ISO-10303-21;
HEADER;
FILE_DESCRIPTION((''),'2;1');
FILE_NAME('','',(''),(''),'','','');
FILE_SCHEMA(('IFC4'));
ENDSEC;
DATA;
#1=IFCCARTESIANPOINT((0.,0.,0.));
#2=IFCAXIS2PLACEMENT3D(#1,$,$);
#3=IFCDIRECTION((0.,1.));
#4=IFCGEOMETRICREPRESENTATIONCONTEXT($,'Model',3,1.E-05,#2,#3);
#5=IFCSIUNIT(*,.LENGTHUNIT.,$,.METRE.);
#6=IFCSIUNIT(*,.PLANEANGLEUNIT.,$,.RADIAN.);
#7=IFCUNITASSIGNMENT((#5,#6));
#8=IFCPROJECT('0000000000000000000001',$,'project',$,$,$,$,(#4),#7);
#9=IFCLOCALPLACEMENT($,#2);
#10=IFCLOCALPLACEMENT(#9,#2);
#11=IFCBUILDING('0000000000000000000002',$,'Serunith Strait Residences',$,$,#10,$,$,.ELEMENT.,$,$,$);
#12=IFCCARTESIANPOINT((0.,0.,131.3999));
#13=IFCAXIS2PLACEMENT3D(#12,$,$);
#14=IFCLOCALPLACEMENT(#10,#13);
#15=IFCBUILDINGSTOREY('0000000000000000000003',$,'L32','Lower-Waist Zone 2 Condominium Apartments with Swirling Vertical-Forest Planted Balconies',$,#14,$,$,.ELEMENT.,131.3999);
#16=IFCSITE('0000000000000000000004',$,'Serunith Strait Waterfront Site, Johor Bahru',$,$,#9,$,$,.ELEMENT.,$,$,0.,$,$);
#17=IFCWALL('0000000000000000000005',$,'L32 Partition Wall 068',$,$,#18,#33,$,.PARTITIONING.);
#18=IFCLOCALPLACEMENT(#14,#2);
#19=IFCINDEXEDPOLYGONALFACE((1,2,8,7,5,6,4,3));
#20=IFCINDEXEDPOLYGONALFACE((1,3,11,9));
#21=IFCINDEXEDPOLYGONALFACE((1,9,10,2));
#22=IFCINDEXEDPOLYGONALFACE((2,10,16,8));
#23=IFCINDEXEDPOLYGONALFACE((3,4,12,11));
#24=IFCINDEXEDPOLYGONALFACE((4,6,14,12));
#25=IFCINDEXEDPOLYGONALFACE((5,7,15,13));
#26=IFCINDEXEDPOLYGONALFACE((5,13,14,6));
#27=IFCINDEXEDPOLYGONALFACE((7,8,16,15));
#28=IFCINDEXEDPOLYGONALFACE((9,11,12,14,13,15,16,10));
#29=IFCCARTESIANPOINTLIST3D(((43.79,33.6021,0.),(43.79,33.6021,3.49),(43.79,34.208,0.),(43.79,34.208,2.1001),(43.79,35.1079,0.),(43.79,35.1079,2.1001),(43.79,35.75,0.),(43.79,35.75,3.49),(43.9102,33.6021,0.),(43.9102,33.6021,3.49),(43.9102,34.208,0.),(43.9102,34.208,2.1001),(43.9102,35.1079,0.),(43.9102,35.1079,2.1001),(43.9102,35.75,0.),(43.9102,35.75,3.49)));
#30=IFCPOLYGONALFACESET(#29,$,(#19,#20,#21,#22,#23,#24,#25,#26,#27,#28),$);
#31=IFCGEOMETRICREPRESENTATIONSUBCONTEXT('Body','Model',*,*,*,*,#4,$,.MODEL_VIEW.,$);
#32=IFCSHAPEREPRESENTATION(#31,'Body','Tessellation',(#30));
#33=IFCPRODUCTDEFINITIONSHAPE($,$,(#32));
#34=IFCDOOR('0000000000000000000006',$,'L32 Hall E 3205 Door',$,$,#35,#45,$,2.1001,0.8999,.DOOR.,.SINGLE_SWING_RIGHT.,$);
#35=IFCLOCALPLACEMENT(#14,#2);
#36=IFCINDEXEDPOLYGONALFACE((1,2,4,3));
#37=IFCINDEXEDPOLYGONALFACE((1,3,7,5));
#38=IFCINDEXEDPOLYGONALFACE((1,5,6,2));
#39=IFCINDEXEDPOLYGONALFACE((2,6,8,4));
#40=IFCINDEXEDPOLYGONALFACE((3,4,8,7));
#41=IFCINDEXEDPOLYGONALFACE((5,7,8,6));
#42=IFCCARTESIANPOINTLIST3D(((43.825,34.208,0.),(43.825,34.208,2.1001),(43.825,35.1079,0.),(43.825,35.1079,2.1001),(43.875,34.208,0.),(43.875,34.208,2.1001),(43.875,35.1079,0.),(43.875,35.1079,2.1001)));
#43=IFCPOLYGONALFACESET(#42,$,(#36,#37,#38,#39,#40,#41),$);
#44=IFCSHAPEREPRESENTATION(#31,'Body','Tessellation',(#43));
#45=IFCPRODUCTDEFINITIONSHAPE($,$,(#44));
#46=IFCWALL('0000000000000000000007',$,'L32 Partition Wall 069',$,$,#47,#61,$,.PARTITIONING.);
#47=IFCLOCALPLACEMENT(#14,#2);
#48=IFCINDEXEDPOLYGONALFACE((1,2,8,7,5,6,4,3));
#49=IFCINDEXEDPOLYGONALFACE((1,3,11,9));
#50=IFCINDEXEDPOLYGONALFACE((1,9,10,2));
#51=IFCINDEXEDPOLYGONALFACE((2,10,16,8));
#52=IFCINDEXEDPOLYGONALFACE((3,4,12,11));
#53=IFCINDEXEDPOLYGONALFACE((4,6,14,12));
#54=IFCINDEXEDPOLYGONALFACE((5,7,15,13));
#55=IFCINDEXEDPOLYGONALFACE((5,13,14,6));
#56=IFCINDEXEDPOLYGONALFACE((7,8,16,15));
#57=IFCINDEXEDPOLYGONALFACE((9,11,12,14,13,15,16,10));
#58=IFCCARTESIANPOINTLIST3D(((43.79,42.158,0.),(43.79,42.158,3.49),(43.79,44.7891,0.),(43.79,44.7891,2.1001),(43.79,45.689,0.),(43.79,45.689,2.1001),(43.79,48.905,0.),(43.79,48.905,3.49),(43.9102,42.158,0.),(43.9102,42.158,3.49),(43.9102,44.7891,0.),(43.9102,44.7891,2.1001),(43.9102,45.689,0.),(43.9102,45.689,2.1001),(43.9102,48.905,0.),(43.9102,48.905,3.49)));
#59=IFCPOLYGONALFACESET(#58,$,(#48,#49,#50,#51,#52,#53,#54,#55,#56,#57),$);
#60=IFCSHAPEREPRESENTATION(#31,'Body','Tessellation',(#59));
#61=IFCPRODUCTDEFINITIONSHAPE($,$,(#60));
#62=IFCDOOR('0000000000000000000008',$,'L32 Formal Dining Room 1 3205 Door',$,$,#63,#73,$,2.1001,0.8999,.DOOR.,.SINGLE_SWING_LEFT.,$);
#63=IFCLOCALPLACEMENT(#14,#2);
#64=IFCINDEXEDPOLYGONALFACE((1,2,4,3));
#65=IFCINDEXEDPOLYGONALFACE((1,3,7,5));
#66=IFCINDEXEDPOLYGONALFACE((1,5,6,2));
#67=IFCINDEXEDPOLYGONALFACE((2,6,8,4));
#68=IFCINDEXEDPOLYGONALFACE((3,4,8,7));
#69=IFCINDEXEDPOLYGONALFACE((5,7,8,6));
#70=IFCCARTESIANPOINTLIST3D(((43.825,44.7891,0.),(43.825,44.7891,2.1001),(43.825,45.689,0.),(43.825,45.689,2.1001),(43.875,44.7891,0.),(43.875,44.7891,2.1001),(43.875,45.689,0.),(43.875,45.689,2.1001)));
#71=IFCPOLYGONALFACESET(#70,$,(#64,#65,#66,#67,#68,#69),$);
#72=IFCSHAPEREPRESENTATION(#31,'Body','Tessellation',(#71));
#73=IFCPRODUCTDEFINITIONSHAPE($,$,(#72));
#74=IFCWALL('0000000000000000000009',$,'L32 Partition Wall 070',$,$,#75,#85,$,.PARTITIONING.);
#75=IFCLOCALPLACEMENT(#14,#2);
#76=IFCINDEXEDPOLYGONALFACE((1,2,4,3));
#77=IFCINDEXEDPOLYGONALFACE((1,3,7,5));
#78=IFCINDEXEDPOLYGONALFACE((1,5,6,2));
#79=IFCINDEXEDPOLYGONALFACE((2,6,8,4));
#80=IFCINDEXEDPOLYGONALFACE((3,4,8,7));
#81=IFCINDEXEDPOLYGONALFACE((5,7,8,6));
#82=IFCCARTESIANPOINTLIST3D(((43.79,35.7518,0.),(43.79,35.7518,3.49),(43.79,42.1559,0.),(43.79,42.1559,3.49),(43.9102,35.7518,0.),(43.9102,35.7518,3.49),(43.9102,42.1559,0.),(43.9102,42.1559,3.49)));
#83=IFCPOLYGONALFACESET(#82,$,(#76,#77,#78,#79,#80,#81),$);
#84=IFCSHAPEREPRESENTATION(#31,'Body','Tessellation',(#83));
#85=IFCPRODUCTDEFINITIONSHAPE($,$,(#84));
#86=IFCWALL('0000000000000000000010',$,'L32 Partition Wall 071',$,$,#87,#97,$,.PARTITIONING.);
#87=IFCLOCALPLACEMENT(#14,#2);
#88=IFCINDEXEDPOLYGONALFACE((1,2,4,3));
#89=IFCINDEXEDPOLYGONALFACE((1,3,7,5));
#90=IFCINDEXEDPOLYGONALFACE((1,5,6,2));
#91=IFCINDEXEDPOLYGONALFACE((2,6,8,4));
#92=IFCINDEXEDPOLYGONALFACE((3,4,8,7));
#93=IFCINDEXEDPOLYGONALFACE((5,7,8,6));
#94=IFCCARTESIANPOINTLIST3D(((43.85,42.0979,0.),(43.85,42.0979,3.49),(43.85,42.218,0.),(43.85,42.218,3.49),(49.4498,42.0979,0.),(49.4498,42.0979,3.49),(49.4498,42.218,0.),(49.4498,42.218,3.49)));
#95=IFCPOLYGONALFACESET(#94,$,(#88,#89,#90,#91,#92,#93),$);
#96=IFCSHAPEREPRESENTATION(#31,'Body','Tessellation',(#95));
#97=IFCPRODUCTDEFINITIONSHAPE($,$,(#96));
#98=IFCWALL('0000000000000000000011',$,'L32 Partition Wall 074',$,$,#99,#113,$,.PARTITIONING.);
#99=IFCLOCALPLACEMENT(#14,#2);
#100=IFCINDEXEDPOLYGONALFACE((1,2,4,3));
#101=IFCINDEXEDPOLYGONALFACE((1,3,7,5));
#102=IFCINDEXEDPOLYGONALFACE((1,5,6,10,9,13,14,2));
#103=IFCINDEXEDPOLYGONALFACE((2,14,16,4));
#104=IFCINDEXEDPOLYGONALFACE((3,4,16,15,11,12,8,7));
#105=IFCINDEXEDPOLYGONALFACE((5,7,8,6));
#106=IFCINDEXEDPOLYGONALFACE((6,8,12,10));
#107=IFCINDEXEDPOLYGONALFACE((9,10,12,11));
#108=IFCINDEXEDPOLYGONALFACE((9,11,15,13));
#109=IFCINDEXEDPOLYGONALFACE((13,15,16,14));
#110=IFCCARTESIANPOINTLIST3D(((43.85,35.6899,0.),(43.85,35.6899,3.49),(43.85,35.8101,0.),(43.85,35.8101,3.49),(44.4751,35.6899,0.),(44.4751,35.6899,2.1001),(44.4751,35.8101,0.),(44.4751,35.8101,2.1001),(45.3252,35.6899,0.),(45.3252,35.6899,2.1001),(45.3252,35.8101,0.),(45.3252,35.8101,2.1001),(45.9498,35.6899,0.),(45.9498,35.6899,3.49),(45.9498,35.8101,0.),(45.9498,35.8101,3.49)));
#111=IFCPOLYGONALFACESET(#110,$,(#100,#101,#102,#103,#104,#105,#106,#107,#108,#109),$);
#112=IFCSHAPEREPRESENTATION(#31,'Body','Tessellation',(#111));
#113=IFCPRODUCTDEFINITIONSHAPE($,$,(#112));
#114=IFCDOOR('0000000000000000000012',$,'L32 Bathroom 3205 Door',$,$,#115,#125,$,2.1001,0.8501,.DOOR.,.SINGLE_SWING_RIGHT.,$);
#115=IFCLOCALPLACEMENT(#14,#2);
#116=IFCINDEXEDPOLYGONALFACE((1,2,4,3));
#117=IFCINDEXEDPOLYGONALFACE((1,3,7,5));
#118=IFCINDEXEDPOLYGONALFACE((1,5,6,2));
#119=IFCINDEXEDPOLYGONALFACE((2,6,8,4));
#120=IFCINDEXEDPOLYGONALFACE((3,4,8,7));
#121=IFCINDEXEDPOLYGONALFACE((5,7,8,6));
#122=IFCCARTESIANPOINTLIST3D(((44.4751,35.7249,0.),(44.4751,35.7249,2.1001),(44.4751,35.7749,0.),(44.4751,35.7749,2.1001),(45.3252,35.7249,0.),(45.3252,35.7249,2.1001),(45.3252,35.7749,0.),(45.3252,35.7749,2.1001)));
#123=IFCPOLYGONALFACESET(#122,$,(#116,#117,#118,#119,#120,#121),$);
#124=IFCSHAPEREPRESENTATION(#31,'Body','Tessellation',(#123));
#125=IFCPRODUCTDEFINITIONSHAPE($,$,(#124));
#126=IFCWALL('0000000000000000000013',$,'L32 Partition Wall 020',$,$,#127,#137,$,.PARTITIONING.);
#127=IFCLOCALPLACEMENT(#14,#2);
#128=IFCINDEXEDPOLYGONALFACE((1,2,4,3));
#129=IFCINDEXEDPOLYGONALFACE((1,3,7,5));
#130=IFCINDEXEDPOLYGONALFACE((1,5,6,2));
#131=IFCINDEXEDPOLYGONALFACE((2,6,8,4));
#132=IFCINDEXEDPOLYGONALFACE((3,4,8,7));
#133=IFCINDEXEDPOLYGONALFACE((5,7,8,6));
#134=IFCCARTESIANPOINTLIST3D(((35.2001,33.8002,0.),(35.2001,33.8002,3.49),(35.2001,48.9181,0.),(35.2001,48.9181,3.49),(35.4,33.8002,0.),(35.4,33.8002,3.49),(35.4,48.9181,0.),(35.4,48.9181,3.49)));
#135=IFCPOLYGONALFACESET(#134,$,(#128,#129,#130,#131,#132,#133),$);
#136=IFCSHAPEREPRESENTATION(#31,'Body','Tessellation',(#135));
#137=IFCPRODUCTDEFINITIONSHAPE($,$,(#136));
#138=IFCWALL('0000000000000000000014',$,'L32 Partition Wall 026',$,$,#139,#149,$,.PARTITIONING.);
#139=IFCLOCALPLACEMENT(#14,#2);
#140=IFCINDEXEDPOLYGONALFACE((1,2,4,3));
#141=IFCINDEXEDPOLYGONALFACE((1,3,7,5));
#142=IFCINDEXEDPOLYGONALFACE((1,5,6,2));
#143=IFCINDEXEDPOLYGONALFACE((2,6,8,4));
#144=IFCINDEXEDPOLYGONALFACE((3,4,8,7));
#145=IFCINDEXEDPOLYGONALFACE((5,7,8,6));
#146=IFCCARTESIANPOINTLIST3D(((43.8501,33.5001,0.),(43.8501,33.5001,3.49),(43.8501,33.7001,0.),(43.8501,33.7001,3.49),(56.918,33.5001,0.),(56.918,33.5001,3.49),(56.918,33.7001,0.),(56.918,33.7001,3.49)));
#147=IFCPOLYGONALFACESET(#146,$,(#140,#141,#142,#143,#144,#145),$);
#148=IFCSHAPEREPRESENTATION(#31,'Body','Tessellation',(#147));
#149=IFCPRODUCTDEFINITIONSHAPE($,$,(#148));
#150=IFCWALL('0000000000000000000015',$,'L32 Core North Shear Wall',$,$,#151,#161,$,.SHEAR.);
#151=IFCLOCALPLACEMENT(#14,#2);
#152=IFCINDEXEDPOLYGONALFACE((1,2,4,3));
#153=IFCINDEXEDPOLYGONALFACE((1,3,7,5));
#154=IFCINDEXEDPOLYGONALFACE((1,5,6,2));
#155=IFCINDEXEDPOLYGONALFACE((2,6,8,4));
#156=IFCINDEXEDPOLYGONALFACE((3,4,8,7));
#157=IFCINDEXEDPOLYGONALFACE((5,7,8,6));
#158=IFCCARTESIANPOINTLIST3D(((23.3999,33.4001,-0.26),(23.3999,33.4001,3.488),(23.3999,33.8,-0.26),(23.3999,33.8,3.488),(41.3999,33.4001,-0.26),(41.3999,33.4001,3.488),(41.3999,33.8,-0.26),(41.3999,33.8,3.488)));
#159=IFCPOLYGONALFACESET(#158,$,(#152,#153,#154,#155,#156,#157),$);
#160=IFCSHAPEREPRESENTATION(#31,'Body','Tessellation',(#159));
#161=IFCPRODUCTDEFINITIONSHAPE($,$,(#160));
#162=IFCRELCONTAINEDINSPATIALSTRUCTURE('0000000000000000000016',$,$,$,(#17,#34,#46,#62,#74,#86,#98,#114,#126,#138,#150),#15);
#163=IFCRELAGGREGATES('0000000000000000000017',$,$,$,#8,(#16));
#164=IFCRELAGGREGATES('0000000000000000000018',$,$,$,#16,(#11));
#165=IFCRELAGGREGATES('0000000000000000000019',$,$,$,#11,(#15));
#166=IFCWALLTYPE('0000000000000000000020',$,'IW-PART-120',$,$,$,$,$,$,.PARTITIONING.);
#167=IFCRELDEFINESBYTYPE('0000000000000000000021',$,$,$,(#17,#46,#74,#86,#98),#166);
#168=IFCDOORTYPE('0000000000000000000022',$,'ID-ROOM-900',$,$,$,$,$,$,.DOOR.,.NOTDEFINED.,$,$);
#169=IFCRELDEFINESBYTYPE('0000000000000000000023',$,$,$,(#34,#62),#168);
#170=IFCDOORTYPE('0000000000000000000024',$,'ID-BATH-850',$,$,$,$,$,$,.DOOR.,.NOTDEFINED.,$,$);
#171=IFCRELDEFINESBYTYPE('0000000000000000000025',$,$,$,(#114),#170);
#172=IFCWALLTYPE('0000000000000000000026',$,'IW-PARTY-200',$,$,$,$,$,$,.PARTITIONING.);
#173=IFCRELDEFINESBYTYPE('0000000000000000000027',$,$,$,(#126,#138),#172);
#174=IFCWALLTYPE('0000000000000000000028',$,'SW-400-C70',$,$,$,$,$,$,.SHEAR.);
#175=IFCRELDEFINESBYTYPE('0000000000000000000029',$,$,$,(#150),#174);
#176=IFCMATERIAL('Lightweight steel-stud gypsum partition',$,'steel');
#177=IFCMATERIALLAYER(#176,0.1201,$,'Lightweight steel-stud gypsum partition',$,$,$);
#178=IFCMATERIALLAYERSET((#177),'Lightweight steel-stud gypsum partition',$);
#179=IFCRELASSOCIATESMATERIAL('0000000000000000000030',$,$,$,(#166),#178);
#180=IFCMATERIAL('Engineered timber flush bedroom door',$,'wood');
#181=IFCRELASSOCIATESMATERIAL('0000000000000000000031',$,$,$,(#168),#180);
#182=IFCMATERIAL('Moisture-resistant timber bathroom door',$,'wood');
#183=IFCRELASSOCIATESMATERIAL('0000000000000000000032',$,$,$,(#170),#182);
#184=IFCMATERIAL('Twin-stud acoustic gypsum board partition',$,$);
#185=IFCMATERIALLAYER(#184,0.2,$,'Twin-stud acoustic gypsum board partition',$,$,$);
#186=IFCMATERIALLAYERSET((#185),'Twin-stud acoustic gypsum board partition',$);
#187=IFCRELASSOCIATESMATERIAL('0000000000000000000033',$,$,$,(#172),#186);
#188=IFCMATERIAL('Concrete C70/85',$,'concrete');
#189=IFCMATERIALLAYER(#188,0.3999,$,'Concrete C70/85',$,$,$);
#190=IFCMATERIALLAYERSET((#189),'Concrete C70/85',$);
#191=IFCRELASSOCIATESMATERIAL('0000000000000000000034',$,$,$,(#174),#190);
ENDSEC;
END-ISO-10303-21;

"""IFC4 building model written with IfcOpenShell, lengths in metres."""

from ifc_helpers import new_model, si_unit, direction, frame, frame_2d, origin, place, context, subcontext, project, spatial, rectangle, extrude, source, transform, mapped, material, layer, layer_set, type_object, element, fill, save


model = new_model("IFC4")

# Units and contexts
model_context = context("Model", 3, precision=1e-05, world=origin(), true_north=direction((0.0, 1.0)))
body_context = subcontext(model_context, "Body", "Model", "MODEL_VIEW")
ifc_project = project(units=[si_unit("LENGTHUNIT", "METRE"), si_unit("PLANEANGLEUNIT", "RADIAN")], contexts=[model_context])

# Site, building, storey
site_placement = place(None, origin())
site = spatial("IfcSite", under=ifc_project, at=site_placement, Name="Serunith Strait Waterfront Site, Johor Bahru", CompositionType="ELEMENT", RefElevation=0.0)
building_placement = place(site_placement, origin())
building = spatial("IfcBuilding", under=site, at=building_placement, Name="Serunith Strait Residences", CompositionType="ELEMENT")
storey_placement = place(building_placement, frame((0.0, 0.0, 131.3999)))
storey = spatial("IfcBuildingStorey", under=building, at=storey_placement, Name="L32", Description="Lower-Waist Zone 2 Condominium Apartments with Swirling Vertical-Forest Planted Balconies", CompositionType="ELEMENT", Elevation=131.3999)

# Walls, openings, doors
ifc_material_1 = material(Name="Lightweight steel-stud gypsum partition", Category="steel")
ifc_layer_1 = layer(ifc_material_1, 0.1201, Name="Lightweight steel-stud gypsum partition")
ifc_layer_set_1 = layer_set([ifc_layer_1], Name="Lightweight steel-stud gypsum partition")
wall_type_1 = type_object("IfcWallType", Name="IW-PART-120", PredefinedType="PARTITIONING", material=ifc_layer_set_1)
wall_1_placement = place(storey_placement, frame((43.8501, 35.75, 0.0), z_axis=(0.0, 0.0, 1.0), x_axis=(0.0, -1.0, 0.0)))
wall_1 = element("IfcWall", 1, at=wall_1_placement, inside=storey, type_object=wall_type_1, Name="L32 Partition Wall 068", PredefinedType="PARTITIONING", context=body_context, shape_type="SweptSolid", body=[
    extrude(rectangle(XDim=2.1479, YDim=0.1201, at=frame_2d((1.074, 0.0))), origin(), (0.0, 0.0, 1.0), 3.49),
])
opening_1_placement = place(wall_1_placement, frame((0.6421, 0.0, 0.0)))
opening_1 = element("IfcOpeningElement", 2, at=opening_1_placement, cuts=wall_1, PredefinedType="OPENING", context=body_context, shape_type="SweptSolid", body=[
    extrude(rectangle(XDim=0.8999, YDim=2.1001, at=frame_2d((0.45, 1.05))), frame((0.0, 0.0701, 0.0), z_axis=(0.0, -1.0, 0.0), x_axis=(1.0, 0.0, 0.0)), (0.0, 0.0, 1.0), 0.1401),
])
ifc_material_2 = material(Name="Engineered timber flush bedroom door", Category="wood")
door_type_1 = type_object("IfcDoorType", Name="ID-ROOM-900", OperationType="NOTDEFINED", PredefinedType="DOOR", material=ifc_material_2)
shared_shape_1 = source(origin(), body_context, "Body", "SweptSolid", [
    extrude(rectangle(XDim=0.8999, YDim=2.1001, at=frame_2d((0.45, 1.05))), frame((0.0, 0.0249, 0.0), z_axis=(0.0, -1.0, 0.0), x_axis=(1.0, 0.0, 0.0)), (0.0, 0.0, 1.0), 0.05),
])
door_1_placement = place(opening_1_placement, origin())
door_1 = element("IfcDoor", 3, at=door_1_placement, inside=storey, type_object=door_type_1, Name="L32 Hall E 3205 Door", OperationType="SINGLE_SWING_RIGHT", OverallHeight=2.1001, OverallWidth=0.8999, PredefinedType="DOOR", context=body_context, shape_type="MappedRepresentation", body=[
    mapped(shared_shape_1, transform((0.0, 0.0, 0.0), scale=1.0)),
])
fill(opening_1, door_1)
wall_2_placement = place(storey_placement, frame((43.8501, 48.905, 0.0), z_axis=(0.0, 0.0, 1.0), x_axis=(0.0, -1.0, 0.0)))
wall_2 = element("IfcWall", 4, at=wall_2_placement, inside=storey, type_object=wall_type_1, Name="L32 Partition Wall 069", PredefinedType="PARTITIONING", context=body_context, shape_type="SweptSolid", body=[
    extrude(rectangle(XDim=6.7471, YDim=0.1201, at=frame_2d((3.3735, 0.0))), origin(), (0.0, 0.0, 1.0), 3.49),
])
opening_2_placement = place(wall_2_placement, frame((3.2161, 0.0, 0.0)))
opening_2 = element("IfcOpeningElement", 5, at=opening_2_placement, cuts=wall_2, PredefinedType="OPENING", context=body_context, shape_type="SweptSolid", body=[
    extrude(rectangle(XDim=0.8999, YDim=2.1001, at=frame_2d((0.45, 1.05))), frame((0.0, 0.0701, 0.0), z_axis=(0.0, -1.0, 0.0), x_axis=(1.0, 0.0, 0.0)), (0.0, 0.0, 1.0), 0.1401),
])
door_2_placement = place(opening_2_placement, origin())
door_2 = element("IfcDoor", 6, at=door_2_placement, inside=storey, type_object=door_type_1, Name="L32 Formal Dining Room 1 3205 Door", OperationType="SINGLE_SWING_LEFT", OverallHeight=2.1001, OverallWidth=0.8999, PredefinedType="DOOR", context=body_context, shape_type="MappedRepresentation", body=[
    mapped(shared_shape_1, transform((0.0, 0.0, 0.0), scale=1.0)),
])
fill(opening_2, door_2)

# Walls
wall_3_placement = place(storey_placement, frame((43.8501, 42.156, 0.0), z_axis=(0.0, 0.0, 1.0), x_axis=(0.0, -1.0, 0.0)))
element("IfcWall", 7, at=wall_3_placement, inside=storey, type_object=wall_type_1, Name="L32 Partition Wall 070", PredefinedType="PARTITIONING", context=body_context, shape_type="SweptSolid", body=[
    extrude(rectangle(XDim=6.4041, YDim=0.1201, at=frame_2d((3.2021, 0.0))), origin(), (0.0, 0.0, 1.0), 3.49),
])
wall_4_placement = place(storey_placement, frame((43.8501, 42.158, 0.0), z_axis=(0.0, 0.0, 1.0), x_axis=(1.0, 0.0, 0.0)))
element("IfcWall", 8, at=wall_4_placement, inside=storey, type_object=wall_type_1, Name="L32 Partition Wall 071", PredefinedType="PARTITIONING", context=body_context, shape_type="SweptSolid", body=[
    extrude(rectangle(XDim=5.5999, YDim=0.1201, at=frame_2d((2.7998, 0.0))), origin(), (0.0, 0.0, 1.0), 3.49),
])

# Wall, opening, door
wall_5_placement = place(storey_placement, frame((43.8501, 35.75, 0.0), z_axis=(0.0, 0.0, 1.0), x_axis=(1.0, 0.0, 0.0)))
wall_5 = element("IfcWall", 9, at=wall_5_placement, inside=storey, type_object=wall_type_1, Name="L32 Partition Wall 074", PredefinedType="PARTITIONING", context=body_context, shape_type="SweptSolid", body=[
    extrude(rectangle(XDim=2.0999, YDim=0.1201, at=frame_2d((1.0498, 0.0))), origin(), (0.0, 0.0, 1.0), 3.49),
])
opening_3_placement = place(wall_5_placement, frame((0.625, 0.0, 0.0)))
opening_3 = element("IfcOpeningElement", 10, at=opening_3_placement, cuts=wall_5, PredefinedType="OPENING", context=body_context, shape_type="SweptSolid", body=[
    extrude(rectangle(XDim=0.8501, YDim=2.1001, at=frame_2d((0.425, 1.05))), frame((0.0, 0.0701, 0.0), z_axis=(0.0, -1.0, 0.0), x_axis=(1.0, 0.0, 0.0)), (0.0, 0.0, 1.0), 0.1401),
])
ifc_material_3 = material(Name="Moisture-resistant timber bathroom door", Category="wood")
door_type_2 = type_object("IfcDoorType", Name="ID-BATH-850", OperationType="NOTDEFINED", PredefinedType="DOOR", material=ifc_material_3)
shared_shape_2 = source(origin(), body_context, "Body", "SweptSolid", [
    extrude(rectangle(XDim=0.8501, YDim=2.1001, at=frame_2d((0.425, 1.05))), frame((0.0, 0.0249, 0.0), z_axis=(0.0, -1.0, 0.0), x_axis=(1.0, 0.0, 0.0)), (0.0, 0.0, 1.0), 0.05),
])
door_3_placement = place(opening_3_placement, origin())
door_3 = element("IfcDoor", 11, at=door_3_placement, inside=storey, type_object=door_type_2, Name="L32 Bathroom 3205 Door", OperationType="SINGLE_SWING_RIGHT", OverallHeight=2.1001, OverallWidth=0.8501, PredefinedType="DOOR", context=body_context, shape_type="MappedRepresentation", body=[
    mapped(shared_shape_2, transform((0.0, 0.0, 0.0), scale=1.0)),
])
fill(opening_3, door_3)

# Walls
ifc_material_4 = material(Name="Twin-stud acoustic gypsum board partition")
ifc_layer_2 = layer(ifc_material_4, 0.2, Name="Twin-stud acoustic gypsum board partition")
ifc_layer_set_2 = layer_set([ifc_layer_2], Name="Twin-stud acoustic gypsum board partition")
wall_type_2 = type_object("IfcWallType", Name="IW-PARTY-200", PredefinedType="PARTITIONING", material=ifc_layer_set_2)
wall_6_placement = place(storey_placement, frame((35.3, 33.8, 0.0), z_axis=(0.0, 0.0, 1.0), x_axis=(0.0, 1.0, 0.0)))
element("IfcWall", 12, at=wall_6_placement, inside=storey, type_object=wall_type_2, Name="L32 Partition Wall 020", PredefinedType="PARTITIONING", context=body_context, shape_type="SweptSolid", body=[
    extrude(rectangle(XDim=15.1179, YDim=0.2, at=frame_2d((7.5591, 0.0))), origin(), (0.0, 0.0, 1.0), 3.49),
])
wall_7_placement = place(storey_placement, frame((43.8501, 33.6001, 0.0), z_axis=(0.0, 0.0, 1.0), x_axis=(1.0, 0.0, 0.0)))
element("IfcWall", 13, at=wall_7_placement, inside=storey, type_object=wall_type_2, Name="L32 Partition Wall 026", PredefinedType="PARTITIONING", context=body_context, shape_type="SweptSolid", body=[
    extrude(rectangle(XDim=13.0679, YDim=0.2, at=frame_2d((6.5339, 0.0))), origin(), (0.0, 0.0, 1.0), 3.49),
])
ifc_material_5 = material(Name="Concrete C70/85", Category="concrete")
ifc_layer_3 = layer(ifc_material_5, 0.3999, Name="Concrete C70/85")
ifc_layer_set_3 = layer_set([ifc_layer_3], Name="Concrete C70/85")
wall_type_3 = type_object("IfcWallType", Name="SW-400-C70", PredefinedType="SHEAR", material=ifc_layer_set_3)
wall_8_placement = place(storey_placement, frame((41.3999, 33.6001, -0.26), z_axis=(0.0, 0.0, 1.0), x_axis=(-1.0, 0.0, 0.0)))
element("IfcWall", 14, at=wall_8_placement, inside=storey, type_object=wall_type_3, Name="L32 Core North Shear Wall", PredefinedType="SHEAR", context=body_context, shape_type="SweptSolid", body=[
    extrude(rectangle(XDim=18.0, YDim=0.3999, at=frame_2d((9.0, 0.0))), origin(), (0.0, 0.0, 1.0), 3.748),
])

save(model, "model.ifc")
